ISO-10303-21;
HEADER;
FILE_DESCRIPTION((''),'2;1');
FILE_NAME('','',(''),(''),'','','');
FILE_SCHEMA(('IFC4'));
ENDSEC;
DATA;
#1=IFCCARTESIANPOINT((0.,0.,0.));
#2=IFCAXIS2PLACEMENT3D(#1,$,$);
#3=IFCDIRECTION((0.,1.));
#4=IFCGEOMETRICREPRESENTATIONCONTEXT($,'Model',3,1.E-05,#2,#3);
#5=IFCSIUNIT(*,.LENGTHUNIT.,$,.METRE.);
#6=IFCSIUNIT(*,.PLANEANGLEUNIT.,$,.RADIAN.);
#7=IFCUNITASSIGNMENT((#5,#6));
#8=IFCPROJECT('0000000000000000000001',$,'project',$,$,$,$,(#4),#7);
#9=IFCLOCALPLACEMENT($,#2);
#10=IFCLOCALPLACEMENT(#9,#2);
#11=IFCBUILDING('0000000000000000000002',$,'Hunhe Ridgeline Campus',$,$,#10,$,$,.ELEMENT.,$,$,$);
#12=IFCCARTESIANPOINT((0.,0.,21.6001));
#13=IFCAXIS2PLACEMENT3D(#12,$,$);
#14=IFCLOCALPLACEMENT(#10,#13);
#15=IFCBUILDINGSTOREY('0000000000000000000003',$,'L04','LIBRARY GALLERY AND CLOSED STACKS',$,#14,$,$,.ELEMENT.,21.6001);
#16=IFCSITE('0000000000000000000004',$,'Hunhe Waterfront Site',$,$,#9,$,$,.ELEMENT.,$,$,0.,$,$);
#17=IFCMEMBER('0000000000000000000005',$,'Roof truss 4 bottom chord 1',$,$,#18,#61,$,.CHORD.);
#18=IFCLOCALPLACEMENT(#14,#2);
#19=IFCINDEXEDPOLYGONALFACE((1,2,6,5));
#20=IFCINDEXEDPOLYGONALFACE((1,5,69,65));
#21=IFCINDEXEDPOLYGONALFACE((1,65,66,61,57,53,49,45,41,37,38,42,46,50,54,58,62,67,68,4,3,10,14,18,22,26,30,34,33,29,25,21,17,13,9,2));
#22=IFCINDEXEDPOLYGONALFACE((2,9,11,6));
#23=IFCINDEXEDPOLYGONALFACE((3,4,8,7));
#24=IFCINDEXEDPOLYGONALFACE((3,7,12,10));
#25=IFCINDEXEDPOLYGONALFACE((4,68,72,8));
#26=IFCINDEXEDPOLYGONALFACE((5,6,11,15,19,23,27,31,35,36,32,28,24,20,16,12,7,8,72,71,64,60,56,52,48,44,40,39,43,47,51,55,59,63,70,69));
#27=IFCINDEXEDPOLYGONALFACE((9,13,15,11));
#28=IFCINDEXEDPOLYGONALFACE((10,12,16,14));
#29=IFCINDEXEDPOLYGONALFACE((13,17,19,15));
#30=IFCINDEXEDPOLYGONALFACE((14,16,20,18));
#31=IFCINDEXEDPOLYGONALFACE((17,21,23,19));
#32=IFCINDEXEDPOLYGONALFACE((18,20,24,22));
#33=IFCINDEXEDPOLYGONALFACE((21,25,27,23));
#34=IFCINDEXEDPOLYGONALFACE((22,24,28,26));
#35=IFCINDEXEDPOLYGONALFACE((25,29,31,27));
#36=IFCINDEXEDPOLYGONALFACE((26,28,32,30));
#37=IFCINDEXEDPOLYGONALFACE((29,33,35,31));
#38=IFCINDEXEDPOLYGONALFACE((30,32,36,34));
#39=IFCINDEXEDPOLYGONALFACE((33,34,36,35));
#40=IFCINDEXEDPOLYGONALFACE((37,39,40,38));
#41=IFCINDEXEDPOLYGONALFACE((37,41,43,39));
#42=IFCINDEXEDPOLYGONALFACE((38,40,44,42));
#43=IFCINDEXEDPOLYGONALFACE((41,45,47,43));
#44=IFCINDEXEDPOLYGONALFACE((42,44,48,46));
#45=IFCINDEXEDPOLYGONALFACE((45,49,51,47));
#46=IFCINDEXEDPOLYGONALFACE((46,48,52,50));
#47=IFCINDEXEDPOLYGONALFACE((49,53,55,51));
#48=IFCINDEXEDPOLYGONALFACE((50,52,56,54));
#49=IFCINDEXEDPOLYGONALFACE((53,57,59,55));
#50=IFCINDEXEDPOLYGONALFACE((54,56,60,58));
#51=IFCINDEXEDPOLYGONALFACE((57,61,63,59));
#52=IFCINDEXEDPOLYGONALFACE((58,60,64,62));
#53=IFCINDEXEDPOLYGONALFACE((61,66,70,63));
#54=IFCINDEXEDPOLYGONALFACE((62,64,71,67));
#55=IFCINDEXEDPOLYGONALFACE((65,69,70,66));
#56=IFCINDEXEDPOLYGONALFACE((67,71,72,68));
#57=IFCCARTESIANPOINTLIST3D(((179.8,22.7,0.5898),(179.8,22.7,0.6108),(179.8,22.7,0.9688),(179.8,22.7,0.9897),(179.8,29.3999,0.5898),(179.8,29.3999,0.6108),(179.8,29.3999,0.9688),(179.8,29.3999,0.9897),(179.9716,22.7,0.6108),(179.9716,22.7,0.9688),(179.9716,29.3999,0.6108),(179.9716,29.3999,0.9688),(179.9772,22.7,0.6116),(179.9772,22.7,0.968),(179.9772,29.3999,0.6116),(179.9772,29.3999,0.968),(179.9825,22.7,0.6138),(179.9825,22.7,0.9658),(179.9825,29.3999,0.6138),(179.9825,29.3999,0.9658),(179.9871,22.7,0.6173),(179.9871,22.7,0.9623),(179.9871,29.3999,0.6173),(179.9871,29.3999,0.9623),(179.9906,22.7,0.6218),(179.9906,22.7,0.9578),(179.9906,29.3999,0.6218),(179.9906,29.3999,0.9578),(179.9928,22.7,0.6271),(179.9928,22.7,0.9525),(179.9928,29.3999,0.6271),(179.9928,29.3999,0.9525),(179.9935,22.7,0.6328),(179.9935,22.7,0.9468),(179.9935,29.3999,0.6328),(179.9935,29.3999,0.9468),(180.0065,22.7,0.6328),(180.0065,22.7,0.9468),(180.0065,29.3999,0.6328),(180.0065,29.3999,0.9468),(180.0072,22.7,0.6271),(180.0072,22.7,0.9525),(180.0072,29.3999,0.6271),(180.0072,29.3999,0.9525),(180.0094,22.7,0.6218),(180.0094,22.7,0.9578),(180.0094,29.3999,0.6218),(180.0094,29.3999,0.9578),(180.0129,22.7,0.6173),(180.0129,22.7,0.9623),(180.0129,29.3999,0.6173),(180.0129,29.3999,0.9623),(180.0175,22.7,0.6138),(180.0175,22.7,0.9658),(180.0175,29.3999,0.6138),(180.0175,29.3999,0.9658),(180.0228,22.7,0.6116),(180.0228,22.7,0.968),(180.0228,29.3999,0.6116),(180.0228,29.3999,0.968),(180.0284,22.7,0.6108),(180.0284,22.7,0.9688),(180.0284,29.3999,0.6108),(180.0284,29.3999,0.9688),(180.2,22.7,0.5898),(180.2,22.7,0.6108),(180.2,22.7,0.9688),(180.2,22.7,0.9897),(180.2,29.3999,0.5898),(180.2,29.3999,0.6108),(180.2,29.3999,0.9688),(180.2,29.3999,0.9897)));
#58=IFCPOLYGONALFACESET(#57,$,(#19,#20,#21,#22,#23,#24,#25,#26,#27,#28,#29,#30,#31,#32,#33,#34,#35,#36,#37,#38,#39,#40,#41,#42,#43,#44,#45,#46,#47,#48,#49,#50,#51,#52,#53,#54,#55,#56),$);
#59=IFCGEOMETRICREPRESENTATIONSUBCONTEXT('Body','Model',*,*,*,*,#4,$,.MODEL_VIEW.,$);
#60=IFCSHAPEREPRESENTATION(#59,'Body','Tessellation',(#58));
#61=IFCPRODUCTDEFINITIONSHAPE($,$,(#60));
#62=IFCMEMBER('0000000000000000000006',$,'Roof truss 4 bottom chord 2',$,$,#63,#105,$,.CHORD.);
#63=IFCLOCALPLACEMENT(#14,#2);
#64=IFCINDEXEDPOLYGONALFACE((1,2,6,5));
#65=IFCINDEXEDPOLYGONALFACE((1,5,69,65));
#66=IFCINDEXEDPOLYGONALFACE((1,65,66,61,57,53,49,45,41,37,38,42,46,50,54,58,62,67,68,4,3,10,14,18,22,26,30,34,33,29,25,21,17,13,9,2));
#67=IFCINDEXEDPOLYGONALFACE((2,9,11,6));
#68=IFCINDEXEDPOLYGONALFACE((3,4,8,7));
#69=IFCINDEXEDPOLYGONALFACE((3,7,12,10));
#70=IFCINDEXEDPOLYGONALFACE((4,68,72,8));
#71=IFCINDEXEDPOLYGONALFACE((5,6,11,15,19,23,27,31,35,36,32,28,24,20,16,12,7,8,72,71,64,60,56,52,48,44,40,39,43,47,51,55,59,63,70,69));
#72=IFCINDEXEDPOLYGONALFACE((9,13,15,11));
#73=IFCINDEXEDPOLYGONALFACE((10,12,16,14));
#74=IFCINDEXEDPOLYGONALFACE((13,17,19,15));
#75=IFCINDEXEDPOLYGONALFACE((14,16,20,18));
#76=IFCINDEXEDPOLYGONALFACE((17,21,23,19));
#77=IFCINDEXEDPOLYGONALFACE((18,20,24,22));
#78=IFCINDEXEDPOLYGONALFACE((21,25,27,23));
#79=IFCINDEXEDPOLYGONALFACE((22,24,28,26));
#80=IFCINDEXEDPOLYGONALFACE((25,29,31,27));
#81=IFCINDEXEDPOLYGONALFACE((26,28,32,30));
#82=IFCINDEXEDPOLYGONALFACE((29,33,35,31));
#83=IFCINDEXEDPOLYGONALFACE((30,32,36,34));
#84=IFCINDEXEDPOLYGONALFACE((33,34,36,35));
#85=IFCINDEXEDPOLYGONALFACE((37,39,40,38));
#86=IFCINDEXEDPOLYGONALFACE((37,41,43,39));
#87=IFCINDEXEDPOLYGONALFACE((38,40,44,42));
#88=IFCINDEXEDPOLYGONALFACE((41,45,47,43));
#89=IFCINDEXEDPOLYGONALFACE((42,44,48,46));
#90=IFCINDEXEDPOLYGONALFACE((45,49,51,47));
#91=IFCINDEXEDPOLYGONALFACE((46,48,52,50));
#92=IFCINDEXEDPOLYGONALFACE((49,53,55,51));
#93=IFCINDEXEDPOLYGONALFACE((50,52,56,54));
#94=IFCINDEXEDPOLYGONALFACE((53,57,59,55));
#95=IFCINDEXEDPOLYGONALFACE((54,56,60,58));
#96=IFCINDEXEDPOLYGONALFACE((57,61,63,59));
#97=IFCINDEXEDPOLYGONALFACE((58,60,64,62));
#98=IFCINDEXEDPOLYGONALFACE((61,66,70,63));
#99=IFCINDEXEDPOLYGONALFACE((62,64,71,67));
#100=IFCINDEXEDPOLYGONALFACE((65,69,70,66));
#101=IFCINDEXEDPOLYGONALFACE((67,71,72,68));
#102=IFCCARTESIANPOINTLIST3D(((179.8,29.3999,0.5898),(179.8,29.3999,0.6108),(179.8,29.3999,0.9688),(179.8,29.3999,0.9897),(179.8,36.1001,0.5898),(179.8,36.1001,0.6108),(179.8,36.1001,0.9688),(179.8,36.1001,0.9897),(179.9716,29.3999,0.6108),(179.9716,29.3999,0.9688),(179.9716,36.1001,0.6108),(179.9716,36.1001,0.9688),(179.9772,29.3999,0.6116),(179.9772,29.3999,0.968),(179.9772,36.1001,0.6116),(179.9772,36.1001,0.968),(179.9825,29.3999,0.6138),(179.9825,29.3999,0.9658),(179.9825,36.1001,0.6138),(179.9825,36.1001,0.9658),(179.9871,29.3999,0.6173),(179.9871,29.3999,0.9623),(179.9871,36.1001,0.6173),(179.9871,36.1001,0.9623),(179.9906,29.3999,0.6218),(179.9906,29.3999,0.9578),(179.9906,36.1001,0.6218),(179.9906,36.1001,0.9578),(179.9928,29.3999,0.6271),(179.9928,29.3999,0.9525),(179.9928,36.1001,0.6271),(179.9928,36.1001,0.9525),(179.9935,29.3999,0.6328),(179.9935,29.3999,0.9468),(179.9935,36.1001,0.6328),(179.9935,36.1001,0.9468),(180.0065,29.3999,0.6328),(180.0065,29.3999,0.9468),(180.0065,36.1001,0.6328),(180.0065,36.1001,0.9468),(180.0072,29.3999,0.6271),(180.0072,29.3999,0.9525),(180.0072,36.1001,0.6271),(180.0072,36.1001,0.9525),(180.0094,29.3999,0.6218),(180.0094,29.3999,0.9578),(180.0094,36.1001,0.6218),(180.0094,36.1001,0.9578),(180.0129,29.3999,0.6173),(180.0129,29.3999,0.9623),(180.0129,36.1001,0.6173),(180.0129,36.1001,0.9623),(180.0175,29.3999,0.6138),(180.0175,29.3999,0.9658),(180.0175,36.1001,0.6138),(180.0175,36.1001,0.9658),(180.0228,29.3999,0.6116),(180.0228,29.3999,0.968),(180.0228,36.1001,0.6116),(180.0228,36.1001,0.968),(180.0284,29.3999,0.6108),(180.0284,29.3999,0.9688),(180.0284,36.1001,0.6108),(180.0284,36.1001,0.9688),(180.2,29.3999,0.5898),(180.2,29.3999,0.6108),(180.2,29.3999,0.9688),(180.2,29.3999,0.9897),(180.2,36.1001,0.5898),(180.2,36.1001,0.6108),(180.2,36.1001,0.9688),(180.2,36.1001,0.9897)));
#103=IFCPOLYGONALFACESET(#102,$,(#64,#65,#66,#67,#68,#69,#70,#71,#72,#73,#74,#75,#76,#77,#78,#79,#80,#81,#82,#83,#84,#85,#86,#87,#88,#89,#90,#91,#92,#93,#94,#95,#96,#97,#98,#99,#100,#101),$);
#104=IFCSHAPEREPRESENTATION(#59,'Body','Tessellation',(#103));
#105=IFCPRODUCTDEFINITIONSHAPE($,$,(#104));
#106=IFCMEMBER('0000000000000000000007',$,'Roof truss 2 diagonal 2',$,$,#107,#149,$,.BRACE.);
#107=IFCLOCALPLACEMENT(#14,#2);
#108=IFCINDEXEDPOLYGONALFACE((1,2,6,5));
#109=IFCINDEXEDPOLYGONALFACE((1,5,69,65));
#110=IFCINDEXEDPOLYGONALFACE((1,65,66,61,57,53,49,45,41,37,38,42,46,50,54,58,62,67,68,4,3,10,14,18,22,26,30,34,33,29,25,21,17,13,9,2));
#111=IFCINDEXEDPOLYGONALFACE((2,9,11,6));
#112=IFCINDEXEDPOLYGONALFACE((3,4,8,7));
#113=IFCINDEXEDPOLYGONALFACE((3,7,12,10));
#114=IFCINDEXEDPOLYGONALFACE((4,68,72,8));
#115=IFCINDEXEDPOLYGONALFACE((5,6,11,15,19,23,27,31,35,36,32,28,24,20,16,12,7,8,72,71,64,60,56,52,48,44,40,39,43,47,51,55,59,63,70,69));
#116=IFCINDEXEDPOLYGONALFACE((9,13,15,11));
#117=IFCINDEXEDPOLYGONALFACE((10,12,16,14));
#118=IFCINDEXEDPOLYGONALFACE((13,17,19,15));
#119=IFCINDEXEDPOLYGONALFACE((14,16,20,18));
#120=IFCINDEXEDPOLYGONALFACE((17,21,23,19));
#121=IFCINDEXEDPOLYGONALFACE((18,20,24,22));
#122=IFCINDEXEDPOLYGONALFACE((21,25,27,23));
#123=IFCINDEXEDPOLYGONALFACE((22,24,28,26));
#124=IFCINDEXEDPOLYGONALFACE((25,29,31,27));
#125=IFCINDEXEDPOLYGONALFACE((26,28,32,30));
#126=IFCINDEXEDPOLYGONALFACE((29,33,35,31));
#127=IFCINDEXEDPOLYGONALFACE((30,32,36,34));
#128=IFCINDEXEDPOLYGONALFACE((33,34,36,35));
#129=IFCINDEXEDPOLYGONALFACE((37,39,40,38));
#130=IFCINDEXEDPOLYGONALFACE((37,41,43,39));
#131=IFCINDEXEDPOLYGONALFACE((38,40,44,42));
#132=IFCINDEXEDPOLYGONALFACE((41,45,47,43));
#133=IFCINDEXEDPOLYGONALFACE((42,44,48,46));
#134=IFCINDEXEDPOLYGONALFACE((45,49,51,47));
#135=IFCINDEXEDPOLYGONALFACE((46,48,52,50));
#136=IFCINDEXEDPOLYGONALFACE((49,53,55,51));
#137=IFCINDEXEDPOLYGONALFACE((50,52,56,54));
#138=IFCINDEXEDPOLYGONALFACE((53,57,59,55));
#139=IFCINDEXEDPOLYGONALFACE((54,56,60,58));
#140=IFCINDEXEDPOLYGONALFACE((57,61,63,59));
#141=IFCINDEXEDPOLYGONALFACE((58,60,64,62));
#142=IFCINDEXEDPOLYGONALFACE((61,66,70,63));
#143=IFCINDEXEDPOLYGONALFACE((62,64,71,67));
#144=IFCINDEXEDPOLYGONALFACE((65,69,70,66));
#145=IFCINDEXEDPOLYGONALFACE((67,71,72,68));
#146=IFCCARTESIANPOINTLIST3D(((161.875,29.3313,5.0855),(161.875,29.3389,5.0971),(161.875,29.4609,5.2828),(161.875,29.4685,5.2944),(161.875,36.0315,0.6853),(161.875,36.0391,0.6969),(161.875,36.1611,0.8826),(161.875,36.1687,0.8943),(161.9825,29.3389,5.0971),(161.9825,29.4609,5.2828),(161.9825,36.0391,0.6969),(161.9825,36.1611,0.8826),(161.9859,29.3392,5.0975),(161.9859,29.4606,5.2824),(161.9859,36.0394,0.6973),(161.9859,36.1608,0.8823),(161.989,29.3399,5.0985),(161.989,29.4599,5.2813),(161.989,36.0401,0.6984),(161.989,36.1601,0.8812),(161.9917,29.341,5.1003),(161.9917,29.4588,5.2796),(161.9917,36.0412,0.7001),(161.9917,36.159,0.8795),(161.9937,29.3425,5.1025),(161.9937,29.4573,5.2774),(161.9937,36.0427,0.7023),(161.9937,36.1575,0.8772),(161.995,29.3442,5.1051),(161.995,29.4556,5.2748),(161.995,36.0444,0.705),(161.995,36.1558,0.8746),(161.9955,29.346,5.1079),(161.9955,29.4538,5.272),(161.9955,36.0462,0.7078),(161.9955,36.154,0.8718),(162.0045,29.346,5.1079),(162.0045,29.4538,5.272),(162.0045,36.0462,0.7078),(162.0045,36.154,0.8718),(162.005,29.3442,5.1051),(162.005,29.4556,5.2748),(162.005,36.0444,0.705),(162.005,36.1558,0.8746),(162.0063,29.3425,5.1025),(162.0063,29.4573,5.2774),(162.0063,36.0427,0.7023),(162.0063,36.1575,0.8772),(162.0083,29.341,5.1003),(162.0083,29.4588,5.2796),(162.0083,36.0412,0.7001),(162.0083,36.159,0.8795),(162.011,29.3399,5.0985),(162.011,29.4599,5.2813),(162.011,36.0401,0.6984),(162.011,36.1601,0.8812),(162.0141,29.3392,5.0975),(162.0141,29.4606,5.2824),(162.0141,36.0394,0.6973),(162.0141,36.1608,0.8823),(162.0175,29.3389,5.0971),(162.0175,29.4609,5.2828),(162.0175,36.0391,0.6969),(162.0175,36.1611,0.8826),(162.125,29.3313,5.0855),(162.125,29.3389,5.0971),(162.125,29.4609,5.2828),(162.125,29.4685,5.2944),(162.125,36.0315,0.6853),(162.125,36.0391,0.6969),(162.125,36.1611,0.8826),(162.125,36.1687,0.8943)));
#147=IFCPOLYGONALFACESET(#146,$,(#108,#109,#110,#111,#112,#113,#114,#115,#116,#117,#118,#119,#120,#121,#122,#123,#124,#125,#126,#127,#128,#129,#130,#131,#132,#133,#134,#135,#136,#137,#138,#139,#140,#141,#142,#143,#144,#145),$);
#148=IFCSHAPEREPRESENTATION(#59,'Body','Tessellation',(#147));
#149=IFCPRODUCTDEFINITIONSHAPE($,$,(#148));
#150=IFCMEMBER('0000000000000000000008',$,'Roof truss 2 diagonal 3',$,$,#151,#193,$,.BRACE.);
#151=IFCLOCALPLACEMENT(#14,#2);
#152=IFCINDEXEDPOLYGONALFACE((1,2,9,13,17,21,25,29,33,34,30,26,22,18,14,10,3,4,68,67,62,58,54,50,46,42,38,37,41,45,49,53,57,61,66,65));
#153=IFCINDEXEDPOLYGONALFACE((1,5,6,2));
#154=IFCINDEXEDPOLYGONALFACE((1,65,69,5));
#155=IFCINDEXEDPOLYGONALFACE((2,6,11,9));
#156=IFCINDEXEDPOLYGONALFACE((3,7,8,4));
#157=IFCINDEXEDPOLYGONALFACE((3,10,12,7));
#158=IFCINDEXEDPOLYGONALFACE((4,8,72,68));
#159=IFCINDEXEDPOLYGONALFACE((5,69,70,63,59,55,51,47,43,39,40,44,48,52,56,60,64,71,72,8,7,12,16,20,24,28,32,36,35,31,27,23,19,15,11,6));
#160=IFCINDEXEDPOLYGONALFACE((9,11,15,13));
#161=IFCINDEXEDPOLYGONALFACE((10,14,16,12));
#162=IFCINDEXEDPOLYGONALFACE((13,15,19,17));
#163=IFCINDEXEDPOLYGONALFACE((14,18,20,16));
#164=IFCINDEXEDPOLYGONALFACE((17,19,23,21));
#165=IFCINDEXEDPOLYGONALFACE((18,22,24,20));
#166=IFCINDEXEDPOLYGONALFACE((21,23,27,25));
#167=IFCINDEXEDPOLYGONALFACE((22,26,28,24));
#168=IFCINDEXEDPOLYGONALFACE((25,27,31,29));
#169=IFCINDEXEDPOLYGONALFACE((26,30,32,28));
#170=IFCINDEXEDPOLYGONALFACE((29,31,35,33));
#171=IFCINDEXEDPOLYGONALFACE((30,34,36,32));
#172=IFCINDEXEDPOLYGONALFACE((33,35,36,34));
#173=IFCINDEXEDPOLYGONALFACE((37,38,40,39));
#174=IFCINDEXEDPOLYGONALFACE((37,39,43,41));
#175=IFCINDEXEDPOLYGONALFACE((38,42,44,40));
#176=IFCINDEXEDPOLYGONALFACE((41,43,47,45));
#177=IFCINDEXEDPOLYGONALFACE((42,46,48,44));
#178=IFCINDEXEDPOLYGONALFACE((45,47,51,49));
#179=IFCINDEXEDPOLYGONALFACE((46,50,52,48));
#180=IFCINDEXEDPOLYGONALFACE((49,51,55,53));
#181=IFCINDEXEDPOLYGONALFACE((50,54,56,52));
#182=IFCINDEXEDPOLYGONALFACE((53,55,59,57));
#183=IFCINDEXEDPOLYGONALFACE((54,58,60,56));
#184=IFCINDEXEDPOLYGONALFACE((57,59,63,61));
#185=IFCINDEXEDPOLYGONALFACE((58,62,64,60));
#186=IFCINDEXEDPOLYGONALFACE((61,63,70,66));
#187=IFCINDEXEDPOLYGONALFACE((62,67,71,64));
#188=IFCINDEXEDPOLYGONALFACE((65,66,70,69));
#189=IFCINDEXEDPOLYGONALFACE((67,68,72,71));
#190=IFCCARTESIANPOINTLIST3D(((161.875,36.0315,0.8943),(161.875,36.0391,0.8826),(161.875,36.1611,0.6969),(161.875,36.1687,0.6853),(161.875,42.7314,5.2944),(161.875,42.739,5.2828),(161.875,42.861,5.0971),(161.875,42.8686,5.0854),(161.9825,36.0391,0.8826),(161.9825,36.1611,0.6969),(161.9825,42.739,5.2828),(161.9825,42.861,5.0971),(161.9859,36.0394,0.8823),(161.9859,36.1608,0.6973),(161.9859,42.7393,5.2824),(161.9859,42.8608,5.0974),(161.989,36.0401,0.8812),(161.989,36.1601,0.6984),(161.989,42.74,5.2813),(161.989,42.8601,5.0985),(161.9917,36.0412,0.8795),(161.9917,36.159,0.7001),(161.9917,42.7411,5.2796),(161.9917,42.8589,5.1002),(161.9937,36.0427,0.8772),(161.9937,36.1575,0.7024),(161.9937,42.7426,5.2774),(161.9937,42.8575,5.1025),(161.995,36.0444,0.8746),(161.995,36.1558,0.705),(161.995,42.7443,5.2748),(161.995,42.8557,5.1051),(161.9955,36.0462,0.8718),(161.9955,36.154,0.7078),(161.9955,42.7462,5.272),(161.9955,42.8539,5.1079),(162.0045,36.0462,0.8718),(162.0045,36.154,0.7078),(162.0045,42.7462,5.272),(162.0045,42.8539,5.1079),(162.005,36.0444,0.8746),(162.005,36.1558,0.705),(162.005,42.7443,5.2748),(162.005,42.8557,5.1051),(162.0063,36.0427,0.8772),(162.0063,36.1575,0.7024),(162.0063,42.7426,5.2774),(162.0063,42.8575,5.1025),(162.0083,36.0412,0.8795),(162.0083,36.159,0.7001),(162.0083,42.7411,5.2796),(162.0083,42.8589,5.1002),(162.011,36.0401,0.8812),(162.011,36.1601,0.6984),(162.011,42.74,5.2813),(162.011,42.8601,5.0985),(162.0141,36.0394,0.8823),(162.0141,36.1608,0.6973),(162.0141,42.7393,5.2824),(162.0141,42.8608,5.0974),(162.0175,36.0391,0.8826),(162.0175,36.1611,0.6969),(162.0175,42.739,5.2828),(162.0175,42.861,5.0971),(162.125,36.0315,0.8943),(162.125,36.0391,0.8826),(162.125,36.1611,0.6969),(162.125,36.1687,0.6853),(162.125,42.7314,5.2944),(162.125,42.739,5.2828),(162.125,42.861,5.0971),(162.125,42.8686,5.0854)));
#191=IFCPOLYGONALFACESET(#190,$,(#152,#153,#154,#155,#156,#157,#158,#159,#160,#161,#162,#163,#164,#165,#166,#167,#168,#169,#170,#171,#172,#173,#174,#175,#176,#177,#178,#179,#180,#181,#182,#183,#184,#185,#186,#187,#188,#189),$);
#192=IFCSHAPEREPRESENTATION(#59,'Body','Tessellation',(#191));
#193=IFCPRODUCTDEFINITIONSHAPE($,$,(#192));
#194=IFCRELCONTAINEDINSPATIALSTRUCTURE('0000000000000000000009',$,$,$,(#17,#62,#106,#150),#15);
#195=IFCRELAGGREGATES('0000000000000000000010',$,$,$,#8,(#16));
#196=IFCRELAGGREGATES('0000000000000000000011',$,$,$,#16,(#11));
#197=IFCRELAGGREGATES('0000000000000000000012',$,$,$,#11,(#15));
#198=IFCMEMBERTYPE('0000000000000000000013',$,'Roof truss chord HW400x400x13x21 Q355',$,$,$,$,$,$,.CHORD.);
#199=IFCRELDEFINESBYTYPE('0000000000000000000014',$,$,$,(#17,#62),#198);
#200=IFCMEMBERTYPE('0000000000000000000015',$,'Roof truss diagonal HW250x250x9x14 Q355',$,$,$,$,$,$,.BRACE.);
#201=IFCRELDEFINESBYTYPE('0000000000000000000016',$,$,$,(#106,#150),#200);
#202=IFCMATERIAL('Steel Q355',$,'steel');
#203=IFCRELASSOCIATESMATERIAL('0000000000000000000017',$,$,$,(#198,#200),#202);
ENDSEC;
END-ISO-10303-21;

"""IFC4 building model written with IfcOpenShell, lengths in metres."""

from ifc_helpers import new_model, si_unit, direction, frame, origin, origin_2d, place, context, subcontext, project, spatial, i_section, extrude, material, material_profile, profile_set, type_object, element, save


model = new_model("IFC4")

# Units and contexts
model_context = context("Model", 3, precision=1e-05, world=origin(), true_north=direction((0.0, 1.0)))
body_context = subcontext(model_context, "Body", "Model", "MODEL_VIEW")
ifc_project = project(units=[si_unit("LENGTHUNIT", "METRE"), si_unit("PLANEANGLEUNIT", "RADIAN")], contexts=[model_context])

# Site, building, storey
site_placement = place(None, origin())
site = spatial("IfcSite", under=ifc_project, at=site_placement, Name="Hunhe Waterfront Site", CompositionType="ELEMENT", RefElevation=0.0)
building_placement = place(site_placement, origin())
building = spatial("IfcBuilding", under=site, at=building_placement, Name="Hunhe Ridgeline Campus", CompositionType="ELEMENT")
storey_placement = place(building_placement, frame((0.0, 0.0, 21.6001)))
storey = spatial("IfcBuildingStorey", under=building, at=storey_placement, Name="L04", Description="LIBRARY GALLERY AND CLOSED STACKS", CompositionType="ELEMENT", Elevation=21.6001)

# Members
ifc_material_1 = material(Name="Steel Q355", Category="steel")
ifc_material_profile_1 = material_profile(ifc_material_1, i_section(OverallWidth=0.3999, OverallDepth=0.3999, WebThickness=0.0129, FlangeThickness=0.021, FilletRadius=0.022, at=origin_2d()))
ifc_profile_set_1 = profile_set([ifc_material_profile_1], Name="Steel Q355")
member_type_1 = type_object("IfcMemberType", Name="Roof truss chord HW400x400x13x21 Q355", PredefinedType="CHORD", material=ifc_profile_set_1)
member_1_placement = place(storey_placement, frame((180.0, 22.7, 0.7898), z_axis=(0.0, 1.0, 0.0), x_axis=(-1.0, 0.0, 0.0)))
element("IfcMember", 1, at=member_1_placement, inside=storey, type_object=member_type_1, Name="Roof truss 4 bottom chord 1", PredefinedType="CHORD", context=body_context, shape_type="SweptSolid", body=[
    extrude(i_section(OverallWidth=0.3999, OverallDepth=0.3999, WebThickness=0.0129, FlangeThickness=0.021, FilletRadius=0.022, at=origin_2d()), origin(), (0.0, 0.0, 1.0), 6.7),
])
member_2_placement = place(storey_placement, frame((180.0, 29.3999, 0.7898), z_axis=(0.0, 1.0, 0.0), x_axis=(-1.0, 0.0, 0.0)))
element("IfcMember", 2, at=member_2_placement, inside=storey, type_object=member_type_1, Name="Roof truss 4 bottom chord 2", PredefinedType="CHORD", context=body_context, shape_type="SweptSolid", body=[
    extrude(i_section(OverallWidth=0.3999, OverallDepth=0.3999, WebThickness=0.0129, FlangeThickness=0.021, FilletRadius=0.022, at=origin_2d()), origin(), (0.0, 0.0, 1.0), 6.7002),
])
ifc_material_profile_2 = material_profile(ifc_material_1, i_section(OverallWidth=0.25, OverallDepth=0.25, WebThickness=0.009, FlangeThickness=0.0139, FilletRadius=0.0129, at=origin_2d()))
ifc_profile_set_2 = profile_set([ifc_material_profile_2], Name="Steel Q355")
member_type_2 = type_object("IfcMemberType", Name="Roof truss diagonal HW250x250x9x14 Q355", PredefinedType="BRACE", material=ifc_profile_set_2)
member_3_placement = place(storey_placement, frame((162.0, 29.3999, 5.1899), z_axis=(0.0, 0.835868, -0.548931), x_axis=(-1.0, 0.0, 0.0)))
element("IfcMember", 3, at=member_3_placement, inside=storey, type_object=member_type_2, Name="Roof truss 2 diagonal 2", PredefinedType="BRACE", context=body_context, shape_type="SweptSolid", body=[
    extrude(i_section(OverallWidth=0.25, OverallDepth=0.25, WebThickness=0.009, FlangeThickness=0.0139, FilletRadius=0.0129, at=origin_2d()), origin(), (0.0, 0.0, 1.0), 8.0159),
])
for number, where, z_axis, x_axis, name in (
    (4, (162.0, 36.1001, 0.7898), (0.0, 0.835859, 0.548944), (-1.0, 0.0, 0.0), "Roof truss 2 diagonal 3"),
):
    element("IfcMember", number, at=place(storey_placement, frame(where, z_axis=z_axis, x_axis=x_axis)), inside=storey, type_object=member_type_2, Name=name, PredefinedType="BRACE", context=body_context, shape_type="SweptSolid", body=[
        extrude(i_section(OverallWidth=0.25, OverallDepth=0.25, WebThickness=0.009, FlangeThickness=0.0139, FilletRadius=0.0129, at=origin_2d()), origin(), (0.0, 0.0, 1.0), 8.0156),
    ])

save(model, "model.ifc")
